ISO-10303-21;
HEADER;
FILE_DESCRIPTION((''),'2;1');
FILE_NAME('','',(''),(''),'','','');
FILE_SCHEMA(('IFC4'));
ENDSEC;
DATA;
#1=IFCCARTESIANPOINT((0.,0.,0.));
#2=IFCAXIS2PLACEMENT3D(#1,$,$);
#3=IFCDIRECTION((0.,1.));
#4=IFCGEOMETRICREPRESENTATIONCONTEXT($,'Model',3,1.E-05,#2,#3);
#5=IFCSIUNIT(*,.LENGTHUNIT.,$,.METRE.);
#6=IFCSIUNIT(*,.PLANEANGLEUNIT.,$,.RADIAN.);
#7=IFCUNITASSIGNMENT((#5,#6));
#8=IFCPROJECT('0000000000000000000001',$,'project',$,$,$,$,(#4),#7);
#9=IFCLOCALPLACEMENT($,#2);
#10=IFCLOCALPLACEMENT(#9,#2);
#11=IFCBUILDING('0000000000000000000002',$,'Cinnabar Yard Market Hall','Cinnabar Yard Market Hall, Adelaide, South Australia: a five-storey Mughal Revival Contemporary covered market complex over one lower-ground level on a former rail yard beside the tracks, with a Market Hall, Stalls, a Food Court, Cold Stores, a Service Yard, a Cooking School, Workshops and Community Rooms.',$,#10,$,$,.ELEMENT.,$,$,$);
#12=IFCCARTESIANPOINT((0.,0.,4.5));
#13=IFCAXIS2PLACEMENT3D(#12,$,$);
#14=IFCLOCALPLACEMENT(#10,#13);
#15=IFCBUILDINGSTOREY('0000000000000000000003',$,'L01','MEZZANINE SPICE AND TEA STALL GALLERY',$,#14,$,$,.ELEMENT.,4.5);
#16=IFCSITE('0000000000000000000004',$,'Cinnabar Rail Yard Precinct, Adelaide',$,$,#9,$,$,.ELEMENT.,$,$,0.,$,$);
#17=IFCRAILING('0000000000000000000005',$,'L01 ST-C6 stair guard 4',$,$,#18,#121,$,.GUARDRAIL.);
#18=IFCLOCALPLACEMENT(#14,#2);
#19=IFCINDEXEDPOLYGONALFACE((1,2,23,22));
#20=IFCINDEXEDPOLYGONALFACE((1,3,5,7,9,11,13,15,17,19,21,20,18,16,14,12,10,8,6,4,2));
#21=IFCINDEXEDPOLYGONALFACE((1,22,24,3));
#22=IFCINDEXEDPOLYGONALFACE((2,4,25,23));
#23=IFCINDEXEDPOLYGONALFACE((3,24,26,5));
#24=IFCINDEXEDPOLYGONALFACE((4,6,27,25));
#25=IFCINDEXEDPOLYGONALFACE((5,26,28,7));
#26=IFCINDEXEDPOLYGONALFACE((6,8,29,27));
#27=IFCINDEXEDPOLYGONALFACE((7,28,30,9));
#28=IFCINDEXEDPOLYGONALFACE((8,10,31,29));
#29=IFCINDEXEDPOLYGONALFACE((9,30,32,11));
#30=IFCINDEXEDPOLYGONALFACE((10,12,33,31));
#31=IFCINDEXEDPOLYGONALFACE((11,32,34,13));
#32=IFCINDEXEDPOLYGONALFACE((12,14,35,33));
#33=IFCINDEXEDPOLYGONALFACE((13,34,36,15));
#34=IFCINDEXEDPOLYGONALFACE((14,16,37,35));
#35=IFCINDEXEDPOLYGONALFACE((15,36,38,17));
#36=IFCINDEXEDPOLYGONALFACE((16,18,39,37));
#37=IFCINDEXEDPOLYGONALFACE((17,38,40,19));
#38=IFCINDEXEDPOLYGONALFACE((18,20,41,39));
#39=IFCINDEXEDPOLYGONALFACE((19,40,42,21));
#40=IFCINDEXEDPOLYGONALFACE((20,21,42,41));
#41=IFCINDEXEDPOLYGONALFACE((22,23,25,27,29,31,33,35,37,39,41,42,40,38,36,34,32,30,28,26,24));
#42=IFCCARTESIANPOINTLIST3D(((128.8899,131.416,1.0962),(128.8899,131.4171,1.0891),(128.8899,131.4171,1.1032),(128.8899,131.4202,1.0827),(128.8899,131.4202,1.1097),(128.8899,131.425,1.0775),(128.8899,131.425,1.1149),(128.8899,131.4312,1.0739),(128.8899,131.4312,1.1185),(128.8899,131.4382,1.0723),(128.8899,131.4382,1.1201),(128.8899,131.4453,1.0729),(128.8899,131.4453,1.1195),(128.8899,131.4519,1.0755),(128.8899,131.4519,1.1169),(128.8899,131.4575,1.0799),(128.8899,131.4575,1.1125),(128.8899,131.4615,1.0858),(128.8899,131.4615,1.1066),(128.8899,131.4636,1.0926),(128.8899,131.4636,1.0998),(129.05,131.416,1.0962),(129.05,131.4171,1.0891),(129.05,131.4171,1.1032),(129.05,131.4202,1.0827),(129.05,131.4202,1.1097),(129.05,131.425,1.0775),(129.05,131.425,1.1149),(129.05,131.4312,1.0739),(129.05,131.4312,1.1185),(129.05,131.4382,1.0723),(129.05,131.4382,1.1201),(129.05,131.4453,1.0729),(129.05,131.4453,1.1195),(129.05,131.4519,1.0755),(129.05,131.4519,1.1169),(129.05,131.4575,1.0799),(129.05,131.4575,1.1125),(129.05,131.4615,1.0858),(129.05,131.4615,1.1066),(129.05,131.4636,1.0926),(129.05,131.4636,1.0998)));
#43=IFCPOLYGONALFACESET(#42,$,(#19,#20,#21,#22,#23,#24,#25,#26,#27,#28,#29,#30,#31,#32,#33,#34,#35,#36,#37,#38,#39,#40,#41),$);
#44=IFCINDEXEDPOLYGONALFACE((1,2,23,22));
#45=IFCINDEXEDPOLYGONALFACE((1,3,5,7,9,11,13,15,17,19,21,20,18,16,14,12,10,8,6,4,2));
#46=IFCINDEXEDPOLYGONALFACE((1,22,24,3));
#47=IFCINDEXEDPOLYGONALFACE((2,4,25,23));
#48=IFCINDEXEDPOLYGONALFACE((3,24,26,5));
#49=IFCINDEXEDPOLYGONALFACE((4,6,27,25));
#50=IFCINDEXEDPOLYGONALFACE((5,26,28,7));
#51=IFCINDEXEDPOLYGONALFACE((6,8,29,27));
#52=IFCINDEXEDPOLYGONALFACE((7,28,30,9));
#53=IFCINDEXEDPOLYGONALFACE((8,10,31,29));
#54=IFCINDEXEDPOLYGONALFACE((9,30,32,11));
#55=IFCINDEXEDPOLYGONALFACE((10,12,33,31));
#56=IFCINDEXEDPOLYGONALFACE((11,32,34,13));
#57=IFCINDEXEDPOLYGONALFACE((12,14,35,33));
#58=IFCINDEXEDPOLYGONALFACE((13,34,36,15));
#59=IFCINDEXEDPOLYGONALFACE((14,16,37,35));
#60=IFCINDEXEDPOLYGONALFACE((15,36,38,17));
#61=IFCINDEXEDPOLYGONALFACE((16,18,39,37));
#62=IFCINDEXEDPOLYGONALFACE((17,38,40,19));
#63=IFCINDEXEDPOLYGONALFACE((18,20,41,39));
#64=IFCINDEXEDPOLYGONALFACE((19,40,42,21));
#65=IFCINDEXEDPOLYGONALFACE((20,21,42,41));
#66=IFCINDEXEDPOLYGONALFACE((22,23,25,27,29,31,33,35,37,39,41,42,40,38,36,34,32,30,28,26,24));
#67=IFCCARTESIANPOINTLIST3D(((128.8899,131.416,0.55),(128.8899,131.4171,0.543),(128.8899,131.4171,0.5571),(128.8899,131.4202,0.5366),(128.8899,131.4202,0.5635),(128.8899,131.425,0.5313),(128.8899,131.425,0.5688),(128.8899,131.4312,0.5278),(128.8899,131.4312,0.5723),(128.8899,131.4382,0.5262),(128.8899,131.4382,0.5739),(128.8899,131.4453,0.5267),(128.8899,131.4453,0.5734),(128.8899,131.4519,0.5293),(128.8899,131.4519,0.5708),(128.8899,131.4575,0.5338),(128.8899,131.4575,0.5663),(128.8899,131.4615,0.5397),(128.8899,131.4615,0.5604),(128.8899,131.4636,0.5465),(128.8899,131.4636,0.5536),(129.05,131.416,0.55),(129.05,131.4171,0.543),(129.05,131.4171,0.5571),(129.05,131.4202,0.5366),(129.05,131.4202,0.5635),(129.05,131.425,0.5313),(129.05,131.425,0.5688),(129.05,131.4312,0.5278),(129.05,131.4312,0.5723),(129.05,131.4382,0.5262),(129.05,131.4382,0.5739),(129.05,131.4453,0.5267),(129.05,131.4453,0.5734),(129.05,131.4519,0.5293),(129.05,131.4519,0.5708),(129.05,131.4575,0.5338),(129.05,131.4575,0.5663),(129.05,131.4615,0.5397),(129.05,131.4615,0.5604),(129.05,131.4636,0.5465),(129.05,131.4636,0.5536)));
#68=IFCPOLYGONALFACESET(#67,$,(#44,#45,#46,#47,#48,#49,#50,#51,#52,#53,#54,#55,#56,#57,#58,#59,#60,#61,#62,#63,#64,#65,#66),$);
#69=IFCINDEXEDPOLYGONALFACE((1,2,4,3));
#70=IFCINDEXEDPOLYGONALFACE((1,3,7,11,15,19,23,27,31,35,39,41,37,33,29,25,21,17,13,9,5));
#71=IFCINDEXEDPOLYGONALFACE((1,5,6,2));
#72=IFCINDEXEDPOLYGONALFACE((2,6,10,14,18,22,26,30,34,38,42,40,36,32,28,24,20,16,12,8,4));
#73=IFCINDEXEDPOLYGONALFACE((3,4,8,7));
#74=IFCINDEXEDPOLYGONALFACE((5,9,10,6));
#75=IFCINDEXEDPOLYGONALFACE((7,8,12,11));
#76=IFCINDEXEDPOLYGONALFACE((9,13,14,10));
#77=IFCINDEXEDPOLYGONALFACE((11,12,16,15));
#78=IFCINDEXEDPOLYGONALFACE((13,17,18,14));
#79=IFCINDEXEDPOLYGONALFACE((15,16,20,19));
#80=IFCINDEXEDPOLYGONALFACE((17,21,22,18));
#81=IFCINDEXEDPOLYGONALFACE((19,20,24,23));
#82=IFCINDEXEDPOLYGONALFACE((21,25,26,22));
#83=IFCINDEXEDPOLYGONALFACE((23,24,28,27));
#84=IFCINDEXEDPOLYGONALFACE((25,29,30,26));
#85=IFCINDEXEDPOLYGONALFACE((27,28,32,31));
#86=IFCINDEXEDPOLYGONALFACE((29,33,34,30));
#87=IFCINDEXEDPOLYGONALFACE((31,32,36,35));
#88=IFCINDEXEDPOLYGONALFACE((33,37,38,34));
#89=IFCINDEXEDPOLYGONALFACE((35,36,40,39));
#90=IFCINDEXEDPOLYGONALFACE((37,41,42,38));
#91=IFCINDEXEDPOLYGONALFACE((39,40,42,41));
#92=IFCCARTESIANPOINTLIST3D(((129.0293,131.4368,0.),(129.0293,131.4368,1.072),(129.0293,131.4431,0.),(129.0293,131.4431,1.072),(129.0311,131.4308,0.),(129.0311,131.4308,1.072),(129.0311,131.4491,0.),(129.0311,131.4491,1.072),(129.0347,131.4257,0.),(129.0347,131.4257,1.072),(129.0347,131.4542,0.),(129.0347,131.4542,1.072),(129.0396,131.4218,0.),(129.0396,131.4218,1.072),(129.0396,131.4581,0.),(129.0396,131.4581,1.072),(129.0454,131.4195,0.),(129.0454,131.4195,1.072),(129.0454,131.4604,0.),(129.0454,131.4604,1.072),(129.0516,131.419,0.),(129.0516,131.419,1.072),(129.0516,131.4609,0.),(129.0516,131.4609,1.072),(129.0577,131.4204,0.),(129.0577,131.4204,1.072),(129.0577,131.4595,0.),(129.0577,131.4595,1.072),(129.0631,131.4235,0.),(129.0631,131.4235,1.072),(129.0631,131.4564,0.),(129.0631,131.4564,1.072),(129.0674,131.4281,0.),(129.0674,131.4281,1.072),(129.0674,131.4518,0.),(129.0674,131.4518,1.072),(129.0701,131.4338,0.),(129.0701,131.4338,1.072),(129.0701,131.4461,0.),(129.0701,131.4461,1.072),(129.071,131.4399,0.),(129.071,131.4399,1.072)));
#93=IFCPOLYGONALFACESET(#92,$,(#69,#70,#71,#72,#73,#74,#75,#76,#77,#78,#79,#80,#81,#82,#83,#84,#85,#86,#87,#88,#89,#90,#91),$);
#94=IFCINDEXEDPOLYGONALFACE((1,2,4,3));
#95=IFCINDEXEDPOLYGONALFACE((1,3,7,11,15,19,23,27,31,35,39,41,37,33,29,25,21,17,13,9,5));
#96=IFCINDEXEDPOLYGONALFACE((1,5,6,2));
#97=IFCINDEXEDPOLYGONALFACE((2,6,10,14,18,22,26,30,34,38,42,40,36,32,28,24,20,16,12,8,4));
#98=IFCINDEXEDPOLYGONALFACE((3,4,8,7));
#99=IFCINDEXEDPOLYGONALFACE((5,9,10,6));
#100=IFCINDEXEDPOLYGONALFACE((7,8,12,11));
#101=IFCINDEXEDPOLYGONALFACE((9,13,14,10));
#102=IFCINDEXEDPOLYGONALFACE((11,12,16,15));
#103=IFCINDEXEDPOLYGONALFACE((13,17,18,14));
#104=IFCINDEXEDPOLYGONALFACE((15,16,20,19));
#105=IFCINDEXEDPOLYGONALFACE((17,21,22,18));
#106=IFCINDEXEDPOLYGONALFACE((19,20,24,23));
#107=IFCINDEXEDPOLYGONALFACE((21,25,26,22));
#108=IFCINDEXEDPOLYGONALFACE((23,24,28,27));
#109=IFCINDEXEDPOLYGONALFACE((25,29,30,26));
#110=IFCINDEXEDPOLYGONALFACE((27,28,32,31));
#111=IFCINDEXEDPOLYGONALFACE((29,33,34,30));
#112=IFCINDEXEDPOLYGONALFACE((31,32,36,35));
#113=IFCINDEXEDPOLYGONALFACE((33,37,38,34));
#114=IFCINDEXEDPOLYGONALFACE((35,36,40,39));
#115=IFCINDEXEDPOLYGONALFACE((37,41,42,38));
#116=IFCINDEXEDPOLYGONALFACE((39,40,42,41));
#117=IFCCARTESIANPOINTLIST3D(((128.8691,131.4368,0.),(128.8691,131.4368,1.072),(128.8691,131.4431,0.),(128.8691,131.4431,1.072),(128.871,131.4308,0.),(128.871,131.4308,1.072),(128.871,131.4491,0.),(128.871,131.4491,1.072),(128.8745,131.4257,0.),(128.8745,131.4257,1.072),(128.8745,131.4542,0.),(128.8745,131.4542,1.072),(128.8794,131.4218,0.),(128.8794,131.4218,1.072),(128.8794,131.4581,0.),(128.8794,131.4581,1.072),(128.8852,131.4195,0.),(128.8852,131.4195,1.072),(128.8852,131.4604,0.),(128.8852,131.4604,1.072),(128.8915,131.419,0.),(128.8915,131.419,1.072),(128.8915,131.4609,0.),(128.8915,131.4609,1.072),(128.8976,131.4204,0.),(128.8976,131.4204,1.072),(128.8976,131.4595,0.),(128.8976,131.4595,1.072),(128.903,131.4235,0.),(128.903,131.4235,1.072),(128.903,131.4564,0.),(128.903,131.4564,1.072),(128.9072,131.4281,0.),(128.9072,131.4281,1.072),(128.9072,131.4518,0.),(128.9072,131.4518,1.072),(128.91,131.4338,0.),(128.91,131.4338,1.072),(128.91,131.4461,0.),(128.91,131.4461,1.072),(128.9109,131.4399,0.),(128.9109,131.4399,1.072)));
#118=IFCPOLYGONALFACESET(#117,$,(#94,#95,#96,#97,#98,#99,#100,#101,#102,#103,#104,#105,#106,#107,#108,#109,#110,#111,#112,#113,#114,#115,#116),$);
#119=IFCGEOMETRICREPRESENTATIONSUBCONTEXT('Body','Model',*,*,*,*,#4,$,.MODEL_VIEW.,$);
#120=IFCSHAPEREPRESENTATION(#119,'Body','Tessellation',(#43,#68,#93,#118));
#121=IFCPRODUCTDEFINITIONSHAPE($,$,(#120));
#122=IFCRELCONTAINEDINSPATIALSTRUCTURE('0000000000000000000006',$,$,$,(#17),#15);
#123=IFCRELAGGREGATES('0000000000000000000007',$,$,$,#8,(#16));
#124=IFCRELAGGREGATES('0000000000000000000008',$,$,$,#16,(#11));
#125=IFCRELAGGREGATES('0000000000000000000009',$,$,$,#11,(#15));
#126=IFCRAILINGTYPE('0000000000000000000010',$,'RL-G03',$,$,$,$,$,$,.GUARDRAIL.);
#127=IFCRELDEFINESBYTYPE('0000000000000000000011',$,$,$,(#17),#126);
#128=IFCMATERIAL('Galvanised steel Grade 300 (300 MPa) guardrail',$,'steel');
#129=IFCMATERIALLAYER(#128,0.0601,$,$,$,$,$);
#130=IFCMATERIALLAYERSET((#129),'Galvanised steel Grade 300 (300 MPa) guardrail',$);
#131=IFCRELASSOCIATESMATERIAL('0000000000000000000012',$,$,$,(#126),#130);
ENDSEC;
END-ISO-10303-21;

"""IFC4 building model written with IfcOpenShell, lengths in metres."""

from ifc_helpers import new_model, si_unit, direction, frame, origin, origin_2d_with_axis, place, context, subcontext, project, spatial, circle, extrude, material, layer, layer_set, type_object, element, save


model = new_model("IFC4")

# Units and contexts
model_context = context("Model", 3, precision=1e-05, world=origin(), true_north=direction((0.0, 1.0)))
body_context = subcontext(model_context, "Body", "Model", "MODEL_VIEW")
ifc_project = project(units=[si_unit("LENGTHUNIT", "METRE"), si_unit("PLANEANGLEUNIT", "RADIAN")], contexts=[model_context])

# Site, building, storey
site_placement = place(None, origin())
site = spatial("IfcSite", under=ifc_project, at=site_placement, Name="Cinnabar Rail Yard Precinct, Adelaide", CompositionType="ELEMENT", RefElevation=0.0)
building_placement = place(site_placement, origin())
building = spatial("IfcBuilding", under=site, at=building_placement, Name="Cinnabar Yard Market Hall", Description="Cinnabar Yard Market Hall, Adelaide, South Australia: a five-storey Mughal Revival Contemporary covered market complex over one lower-ground level on a former rail yard beside the tracks, with a Market Hall, Stalls, a Food Court, Cold Stores, a Service Yard, a Cooking School, Workshops and Community Rooms.", CompositionType="ELEMENT")
storey_placement = place(building_placement, frame((0.0, 0.0, 4.5)))
storey = spatial("IfcBuildingStorey", under=building, at=storey_placement, Name="L01", Description="MEZZANINE SPICE AND TEA STALL GALLERY", CompositionType="ELEMENT", Elevation=4.5)

# Railing
ifc_material_1 = material(Name="Galvanised steel Grade 300 (300 MPa) guardrail", Category="steel")
ifc_layer_1 = layer(ifc_material_1, 0.0601)
ifc_layer_set_1 = layer_set([ifc_layer_1], Name="Galvanised steel Grade 300 (300 MPa) guardrail")
railing_type_1 = type_object("IfcRailingType", Name="RL-G03", PredefinedType="GUARDRAIL", material=ifc_layer_set_1)
railing_1_placement = place(storey_placement, frame((129.05, 131.4399, 0.0)))
element("IfcRailing", 1, at=railing_1_placement, inside=storey, type_object=railing_type_1, Name="L01 ST-C6 stair guard 4", PredefinedType="GUARDRAIL", context=body_context, shape_type="SweptSolid", body=[
    extrude(circle(Radius=0.0239, at=origin_2d_with_axis()), frame((0.0, 0.0, 1.0962), z_axis=(-1.0, 0.0, 0.0), x_axis=(0.0, -1.0, 0.0)), (0.0, 0.0, 1.0), 0.1602),
    extrude(circle(Radius=0.0239, at=origin_2d_with_axis()), frame((0.0, 0.0, 0.55), z_axis=(-1.0, 0.0, 0.0), x_axis=(0.0, -1.0, 0.0)), (0.0, 0.0, 1.0), 0.1602),
    extrude(circle(Radius=0.021, at=origin_2d_with_axis()), origin(), (0.0, 0.0, 1.0), 1.072),
    extrude(circle(Radius=0.021, at=origin_2d_with_axis()), frame((-0.1602, 0.0, 0.0)), (0.0, 0.0, 1.0), 1.072),
])

save(model, "model.ifc")
